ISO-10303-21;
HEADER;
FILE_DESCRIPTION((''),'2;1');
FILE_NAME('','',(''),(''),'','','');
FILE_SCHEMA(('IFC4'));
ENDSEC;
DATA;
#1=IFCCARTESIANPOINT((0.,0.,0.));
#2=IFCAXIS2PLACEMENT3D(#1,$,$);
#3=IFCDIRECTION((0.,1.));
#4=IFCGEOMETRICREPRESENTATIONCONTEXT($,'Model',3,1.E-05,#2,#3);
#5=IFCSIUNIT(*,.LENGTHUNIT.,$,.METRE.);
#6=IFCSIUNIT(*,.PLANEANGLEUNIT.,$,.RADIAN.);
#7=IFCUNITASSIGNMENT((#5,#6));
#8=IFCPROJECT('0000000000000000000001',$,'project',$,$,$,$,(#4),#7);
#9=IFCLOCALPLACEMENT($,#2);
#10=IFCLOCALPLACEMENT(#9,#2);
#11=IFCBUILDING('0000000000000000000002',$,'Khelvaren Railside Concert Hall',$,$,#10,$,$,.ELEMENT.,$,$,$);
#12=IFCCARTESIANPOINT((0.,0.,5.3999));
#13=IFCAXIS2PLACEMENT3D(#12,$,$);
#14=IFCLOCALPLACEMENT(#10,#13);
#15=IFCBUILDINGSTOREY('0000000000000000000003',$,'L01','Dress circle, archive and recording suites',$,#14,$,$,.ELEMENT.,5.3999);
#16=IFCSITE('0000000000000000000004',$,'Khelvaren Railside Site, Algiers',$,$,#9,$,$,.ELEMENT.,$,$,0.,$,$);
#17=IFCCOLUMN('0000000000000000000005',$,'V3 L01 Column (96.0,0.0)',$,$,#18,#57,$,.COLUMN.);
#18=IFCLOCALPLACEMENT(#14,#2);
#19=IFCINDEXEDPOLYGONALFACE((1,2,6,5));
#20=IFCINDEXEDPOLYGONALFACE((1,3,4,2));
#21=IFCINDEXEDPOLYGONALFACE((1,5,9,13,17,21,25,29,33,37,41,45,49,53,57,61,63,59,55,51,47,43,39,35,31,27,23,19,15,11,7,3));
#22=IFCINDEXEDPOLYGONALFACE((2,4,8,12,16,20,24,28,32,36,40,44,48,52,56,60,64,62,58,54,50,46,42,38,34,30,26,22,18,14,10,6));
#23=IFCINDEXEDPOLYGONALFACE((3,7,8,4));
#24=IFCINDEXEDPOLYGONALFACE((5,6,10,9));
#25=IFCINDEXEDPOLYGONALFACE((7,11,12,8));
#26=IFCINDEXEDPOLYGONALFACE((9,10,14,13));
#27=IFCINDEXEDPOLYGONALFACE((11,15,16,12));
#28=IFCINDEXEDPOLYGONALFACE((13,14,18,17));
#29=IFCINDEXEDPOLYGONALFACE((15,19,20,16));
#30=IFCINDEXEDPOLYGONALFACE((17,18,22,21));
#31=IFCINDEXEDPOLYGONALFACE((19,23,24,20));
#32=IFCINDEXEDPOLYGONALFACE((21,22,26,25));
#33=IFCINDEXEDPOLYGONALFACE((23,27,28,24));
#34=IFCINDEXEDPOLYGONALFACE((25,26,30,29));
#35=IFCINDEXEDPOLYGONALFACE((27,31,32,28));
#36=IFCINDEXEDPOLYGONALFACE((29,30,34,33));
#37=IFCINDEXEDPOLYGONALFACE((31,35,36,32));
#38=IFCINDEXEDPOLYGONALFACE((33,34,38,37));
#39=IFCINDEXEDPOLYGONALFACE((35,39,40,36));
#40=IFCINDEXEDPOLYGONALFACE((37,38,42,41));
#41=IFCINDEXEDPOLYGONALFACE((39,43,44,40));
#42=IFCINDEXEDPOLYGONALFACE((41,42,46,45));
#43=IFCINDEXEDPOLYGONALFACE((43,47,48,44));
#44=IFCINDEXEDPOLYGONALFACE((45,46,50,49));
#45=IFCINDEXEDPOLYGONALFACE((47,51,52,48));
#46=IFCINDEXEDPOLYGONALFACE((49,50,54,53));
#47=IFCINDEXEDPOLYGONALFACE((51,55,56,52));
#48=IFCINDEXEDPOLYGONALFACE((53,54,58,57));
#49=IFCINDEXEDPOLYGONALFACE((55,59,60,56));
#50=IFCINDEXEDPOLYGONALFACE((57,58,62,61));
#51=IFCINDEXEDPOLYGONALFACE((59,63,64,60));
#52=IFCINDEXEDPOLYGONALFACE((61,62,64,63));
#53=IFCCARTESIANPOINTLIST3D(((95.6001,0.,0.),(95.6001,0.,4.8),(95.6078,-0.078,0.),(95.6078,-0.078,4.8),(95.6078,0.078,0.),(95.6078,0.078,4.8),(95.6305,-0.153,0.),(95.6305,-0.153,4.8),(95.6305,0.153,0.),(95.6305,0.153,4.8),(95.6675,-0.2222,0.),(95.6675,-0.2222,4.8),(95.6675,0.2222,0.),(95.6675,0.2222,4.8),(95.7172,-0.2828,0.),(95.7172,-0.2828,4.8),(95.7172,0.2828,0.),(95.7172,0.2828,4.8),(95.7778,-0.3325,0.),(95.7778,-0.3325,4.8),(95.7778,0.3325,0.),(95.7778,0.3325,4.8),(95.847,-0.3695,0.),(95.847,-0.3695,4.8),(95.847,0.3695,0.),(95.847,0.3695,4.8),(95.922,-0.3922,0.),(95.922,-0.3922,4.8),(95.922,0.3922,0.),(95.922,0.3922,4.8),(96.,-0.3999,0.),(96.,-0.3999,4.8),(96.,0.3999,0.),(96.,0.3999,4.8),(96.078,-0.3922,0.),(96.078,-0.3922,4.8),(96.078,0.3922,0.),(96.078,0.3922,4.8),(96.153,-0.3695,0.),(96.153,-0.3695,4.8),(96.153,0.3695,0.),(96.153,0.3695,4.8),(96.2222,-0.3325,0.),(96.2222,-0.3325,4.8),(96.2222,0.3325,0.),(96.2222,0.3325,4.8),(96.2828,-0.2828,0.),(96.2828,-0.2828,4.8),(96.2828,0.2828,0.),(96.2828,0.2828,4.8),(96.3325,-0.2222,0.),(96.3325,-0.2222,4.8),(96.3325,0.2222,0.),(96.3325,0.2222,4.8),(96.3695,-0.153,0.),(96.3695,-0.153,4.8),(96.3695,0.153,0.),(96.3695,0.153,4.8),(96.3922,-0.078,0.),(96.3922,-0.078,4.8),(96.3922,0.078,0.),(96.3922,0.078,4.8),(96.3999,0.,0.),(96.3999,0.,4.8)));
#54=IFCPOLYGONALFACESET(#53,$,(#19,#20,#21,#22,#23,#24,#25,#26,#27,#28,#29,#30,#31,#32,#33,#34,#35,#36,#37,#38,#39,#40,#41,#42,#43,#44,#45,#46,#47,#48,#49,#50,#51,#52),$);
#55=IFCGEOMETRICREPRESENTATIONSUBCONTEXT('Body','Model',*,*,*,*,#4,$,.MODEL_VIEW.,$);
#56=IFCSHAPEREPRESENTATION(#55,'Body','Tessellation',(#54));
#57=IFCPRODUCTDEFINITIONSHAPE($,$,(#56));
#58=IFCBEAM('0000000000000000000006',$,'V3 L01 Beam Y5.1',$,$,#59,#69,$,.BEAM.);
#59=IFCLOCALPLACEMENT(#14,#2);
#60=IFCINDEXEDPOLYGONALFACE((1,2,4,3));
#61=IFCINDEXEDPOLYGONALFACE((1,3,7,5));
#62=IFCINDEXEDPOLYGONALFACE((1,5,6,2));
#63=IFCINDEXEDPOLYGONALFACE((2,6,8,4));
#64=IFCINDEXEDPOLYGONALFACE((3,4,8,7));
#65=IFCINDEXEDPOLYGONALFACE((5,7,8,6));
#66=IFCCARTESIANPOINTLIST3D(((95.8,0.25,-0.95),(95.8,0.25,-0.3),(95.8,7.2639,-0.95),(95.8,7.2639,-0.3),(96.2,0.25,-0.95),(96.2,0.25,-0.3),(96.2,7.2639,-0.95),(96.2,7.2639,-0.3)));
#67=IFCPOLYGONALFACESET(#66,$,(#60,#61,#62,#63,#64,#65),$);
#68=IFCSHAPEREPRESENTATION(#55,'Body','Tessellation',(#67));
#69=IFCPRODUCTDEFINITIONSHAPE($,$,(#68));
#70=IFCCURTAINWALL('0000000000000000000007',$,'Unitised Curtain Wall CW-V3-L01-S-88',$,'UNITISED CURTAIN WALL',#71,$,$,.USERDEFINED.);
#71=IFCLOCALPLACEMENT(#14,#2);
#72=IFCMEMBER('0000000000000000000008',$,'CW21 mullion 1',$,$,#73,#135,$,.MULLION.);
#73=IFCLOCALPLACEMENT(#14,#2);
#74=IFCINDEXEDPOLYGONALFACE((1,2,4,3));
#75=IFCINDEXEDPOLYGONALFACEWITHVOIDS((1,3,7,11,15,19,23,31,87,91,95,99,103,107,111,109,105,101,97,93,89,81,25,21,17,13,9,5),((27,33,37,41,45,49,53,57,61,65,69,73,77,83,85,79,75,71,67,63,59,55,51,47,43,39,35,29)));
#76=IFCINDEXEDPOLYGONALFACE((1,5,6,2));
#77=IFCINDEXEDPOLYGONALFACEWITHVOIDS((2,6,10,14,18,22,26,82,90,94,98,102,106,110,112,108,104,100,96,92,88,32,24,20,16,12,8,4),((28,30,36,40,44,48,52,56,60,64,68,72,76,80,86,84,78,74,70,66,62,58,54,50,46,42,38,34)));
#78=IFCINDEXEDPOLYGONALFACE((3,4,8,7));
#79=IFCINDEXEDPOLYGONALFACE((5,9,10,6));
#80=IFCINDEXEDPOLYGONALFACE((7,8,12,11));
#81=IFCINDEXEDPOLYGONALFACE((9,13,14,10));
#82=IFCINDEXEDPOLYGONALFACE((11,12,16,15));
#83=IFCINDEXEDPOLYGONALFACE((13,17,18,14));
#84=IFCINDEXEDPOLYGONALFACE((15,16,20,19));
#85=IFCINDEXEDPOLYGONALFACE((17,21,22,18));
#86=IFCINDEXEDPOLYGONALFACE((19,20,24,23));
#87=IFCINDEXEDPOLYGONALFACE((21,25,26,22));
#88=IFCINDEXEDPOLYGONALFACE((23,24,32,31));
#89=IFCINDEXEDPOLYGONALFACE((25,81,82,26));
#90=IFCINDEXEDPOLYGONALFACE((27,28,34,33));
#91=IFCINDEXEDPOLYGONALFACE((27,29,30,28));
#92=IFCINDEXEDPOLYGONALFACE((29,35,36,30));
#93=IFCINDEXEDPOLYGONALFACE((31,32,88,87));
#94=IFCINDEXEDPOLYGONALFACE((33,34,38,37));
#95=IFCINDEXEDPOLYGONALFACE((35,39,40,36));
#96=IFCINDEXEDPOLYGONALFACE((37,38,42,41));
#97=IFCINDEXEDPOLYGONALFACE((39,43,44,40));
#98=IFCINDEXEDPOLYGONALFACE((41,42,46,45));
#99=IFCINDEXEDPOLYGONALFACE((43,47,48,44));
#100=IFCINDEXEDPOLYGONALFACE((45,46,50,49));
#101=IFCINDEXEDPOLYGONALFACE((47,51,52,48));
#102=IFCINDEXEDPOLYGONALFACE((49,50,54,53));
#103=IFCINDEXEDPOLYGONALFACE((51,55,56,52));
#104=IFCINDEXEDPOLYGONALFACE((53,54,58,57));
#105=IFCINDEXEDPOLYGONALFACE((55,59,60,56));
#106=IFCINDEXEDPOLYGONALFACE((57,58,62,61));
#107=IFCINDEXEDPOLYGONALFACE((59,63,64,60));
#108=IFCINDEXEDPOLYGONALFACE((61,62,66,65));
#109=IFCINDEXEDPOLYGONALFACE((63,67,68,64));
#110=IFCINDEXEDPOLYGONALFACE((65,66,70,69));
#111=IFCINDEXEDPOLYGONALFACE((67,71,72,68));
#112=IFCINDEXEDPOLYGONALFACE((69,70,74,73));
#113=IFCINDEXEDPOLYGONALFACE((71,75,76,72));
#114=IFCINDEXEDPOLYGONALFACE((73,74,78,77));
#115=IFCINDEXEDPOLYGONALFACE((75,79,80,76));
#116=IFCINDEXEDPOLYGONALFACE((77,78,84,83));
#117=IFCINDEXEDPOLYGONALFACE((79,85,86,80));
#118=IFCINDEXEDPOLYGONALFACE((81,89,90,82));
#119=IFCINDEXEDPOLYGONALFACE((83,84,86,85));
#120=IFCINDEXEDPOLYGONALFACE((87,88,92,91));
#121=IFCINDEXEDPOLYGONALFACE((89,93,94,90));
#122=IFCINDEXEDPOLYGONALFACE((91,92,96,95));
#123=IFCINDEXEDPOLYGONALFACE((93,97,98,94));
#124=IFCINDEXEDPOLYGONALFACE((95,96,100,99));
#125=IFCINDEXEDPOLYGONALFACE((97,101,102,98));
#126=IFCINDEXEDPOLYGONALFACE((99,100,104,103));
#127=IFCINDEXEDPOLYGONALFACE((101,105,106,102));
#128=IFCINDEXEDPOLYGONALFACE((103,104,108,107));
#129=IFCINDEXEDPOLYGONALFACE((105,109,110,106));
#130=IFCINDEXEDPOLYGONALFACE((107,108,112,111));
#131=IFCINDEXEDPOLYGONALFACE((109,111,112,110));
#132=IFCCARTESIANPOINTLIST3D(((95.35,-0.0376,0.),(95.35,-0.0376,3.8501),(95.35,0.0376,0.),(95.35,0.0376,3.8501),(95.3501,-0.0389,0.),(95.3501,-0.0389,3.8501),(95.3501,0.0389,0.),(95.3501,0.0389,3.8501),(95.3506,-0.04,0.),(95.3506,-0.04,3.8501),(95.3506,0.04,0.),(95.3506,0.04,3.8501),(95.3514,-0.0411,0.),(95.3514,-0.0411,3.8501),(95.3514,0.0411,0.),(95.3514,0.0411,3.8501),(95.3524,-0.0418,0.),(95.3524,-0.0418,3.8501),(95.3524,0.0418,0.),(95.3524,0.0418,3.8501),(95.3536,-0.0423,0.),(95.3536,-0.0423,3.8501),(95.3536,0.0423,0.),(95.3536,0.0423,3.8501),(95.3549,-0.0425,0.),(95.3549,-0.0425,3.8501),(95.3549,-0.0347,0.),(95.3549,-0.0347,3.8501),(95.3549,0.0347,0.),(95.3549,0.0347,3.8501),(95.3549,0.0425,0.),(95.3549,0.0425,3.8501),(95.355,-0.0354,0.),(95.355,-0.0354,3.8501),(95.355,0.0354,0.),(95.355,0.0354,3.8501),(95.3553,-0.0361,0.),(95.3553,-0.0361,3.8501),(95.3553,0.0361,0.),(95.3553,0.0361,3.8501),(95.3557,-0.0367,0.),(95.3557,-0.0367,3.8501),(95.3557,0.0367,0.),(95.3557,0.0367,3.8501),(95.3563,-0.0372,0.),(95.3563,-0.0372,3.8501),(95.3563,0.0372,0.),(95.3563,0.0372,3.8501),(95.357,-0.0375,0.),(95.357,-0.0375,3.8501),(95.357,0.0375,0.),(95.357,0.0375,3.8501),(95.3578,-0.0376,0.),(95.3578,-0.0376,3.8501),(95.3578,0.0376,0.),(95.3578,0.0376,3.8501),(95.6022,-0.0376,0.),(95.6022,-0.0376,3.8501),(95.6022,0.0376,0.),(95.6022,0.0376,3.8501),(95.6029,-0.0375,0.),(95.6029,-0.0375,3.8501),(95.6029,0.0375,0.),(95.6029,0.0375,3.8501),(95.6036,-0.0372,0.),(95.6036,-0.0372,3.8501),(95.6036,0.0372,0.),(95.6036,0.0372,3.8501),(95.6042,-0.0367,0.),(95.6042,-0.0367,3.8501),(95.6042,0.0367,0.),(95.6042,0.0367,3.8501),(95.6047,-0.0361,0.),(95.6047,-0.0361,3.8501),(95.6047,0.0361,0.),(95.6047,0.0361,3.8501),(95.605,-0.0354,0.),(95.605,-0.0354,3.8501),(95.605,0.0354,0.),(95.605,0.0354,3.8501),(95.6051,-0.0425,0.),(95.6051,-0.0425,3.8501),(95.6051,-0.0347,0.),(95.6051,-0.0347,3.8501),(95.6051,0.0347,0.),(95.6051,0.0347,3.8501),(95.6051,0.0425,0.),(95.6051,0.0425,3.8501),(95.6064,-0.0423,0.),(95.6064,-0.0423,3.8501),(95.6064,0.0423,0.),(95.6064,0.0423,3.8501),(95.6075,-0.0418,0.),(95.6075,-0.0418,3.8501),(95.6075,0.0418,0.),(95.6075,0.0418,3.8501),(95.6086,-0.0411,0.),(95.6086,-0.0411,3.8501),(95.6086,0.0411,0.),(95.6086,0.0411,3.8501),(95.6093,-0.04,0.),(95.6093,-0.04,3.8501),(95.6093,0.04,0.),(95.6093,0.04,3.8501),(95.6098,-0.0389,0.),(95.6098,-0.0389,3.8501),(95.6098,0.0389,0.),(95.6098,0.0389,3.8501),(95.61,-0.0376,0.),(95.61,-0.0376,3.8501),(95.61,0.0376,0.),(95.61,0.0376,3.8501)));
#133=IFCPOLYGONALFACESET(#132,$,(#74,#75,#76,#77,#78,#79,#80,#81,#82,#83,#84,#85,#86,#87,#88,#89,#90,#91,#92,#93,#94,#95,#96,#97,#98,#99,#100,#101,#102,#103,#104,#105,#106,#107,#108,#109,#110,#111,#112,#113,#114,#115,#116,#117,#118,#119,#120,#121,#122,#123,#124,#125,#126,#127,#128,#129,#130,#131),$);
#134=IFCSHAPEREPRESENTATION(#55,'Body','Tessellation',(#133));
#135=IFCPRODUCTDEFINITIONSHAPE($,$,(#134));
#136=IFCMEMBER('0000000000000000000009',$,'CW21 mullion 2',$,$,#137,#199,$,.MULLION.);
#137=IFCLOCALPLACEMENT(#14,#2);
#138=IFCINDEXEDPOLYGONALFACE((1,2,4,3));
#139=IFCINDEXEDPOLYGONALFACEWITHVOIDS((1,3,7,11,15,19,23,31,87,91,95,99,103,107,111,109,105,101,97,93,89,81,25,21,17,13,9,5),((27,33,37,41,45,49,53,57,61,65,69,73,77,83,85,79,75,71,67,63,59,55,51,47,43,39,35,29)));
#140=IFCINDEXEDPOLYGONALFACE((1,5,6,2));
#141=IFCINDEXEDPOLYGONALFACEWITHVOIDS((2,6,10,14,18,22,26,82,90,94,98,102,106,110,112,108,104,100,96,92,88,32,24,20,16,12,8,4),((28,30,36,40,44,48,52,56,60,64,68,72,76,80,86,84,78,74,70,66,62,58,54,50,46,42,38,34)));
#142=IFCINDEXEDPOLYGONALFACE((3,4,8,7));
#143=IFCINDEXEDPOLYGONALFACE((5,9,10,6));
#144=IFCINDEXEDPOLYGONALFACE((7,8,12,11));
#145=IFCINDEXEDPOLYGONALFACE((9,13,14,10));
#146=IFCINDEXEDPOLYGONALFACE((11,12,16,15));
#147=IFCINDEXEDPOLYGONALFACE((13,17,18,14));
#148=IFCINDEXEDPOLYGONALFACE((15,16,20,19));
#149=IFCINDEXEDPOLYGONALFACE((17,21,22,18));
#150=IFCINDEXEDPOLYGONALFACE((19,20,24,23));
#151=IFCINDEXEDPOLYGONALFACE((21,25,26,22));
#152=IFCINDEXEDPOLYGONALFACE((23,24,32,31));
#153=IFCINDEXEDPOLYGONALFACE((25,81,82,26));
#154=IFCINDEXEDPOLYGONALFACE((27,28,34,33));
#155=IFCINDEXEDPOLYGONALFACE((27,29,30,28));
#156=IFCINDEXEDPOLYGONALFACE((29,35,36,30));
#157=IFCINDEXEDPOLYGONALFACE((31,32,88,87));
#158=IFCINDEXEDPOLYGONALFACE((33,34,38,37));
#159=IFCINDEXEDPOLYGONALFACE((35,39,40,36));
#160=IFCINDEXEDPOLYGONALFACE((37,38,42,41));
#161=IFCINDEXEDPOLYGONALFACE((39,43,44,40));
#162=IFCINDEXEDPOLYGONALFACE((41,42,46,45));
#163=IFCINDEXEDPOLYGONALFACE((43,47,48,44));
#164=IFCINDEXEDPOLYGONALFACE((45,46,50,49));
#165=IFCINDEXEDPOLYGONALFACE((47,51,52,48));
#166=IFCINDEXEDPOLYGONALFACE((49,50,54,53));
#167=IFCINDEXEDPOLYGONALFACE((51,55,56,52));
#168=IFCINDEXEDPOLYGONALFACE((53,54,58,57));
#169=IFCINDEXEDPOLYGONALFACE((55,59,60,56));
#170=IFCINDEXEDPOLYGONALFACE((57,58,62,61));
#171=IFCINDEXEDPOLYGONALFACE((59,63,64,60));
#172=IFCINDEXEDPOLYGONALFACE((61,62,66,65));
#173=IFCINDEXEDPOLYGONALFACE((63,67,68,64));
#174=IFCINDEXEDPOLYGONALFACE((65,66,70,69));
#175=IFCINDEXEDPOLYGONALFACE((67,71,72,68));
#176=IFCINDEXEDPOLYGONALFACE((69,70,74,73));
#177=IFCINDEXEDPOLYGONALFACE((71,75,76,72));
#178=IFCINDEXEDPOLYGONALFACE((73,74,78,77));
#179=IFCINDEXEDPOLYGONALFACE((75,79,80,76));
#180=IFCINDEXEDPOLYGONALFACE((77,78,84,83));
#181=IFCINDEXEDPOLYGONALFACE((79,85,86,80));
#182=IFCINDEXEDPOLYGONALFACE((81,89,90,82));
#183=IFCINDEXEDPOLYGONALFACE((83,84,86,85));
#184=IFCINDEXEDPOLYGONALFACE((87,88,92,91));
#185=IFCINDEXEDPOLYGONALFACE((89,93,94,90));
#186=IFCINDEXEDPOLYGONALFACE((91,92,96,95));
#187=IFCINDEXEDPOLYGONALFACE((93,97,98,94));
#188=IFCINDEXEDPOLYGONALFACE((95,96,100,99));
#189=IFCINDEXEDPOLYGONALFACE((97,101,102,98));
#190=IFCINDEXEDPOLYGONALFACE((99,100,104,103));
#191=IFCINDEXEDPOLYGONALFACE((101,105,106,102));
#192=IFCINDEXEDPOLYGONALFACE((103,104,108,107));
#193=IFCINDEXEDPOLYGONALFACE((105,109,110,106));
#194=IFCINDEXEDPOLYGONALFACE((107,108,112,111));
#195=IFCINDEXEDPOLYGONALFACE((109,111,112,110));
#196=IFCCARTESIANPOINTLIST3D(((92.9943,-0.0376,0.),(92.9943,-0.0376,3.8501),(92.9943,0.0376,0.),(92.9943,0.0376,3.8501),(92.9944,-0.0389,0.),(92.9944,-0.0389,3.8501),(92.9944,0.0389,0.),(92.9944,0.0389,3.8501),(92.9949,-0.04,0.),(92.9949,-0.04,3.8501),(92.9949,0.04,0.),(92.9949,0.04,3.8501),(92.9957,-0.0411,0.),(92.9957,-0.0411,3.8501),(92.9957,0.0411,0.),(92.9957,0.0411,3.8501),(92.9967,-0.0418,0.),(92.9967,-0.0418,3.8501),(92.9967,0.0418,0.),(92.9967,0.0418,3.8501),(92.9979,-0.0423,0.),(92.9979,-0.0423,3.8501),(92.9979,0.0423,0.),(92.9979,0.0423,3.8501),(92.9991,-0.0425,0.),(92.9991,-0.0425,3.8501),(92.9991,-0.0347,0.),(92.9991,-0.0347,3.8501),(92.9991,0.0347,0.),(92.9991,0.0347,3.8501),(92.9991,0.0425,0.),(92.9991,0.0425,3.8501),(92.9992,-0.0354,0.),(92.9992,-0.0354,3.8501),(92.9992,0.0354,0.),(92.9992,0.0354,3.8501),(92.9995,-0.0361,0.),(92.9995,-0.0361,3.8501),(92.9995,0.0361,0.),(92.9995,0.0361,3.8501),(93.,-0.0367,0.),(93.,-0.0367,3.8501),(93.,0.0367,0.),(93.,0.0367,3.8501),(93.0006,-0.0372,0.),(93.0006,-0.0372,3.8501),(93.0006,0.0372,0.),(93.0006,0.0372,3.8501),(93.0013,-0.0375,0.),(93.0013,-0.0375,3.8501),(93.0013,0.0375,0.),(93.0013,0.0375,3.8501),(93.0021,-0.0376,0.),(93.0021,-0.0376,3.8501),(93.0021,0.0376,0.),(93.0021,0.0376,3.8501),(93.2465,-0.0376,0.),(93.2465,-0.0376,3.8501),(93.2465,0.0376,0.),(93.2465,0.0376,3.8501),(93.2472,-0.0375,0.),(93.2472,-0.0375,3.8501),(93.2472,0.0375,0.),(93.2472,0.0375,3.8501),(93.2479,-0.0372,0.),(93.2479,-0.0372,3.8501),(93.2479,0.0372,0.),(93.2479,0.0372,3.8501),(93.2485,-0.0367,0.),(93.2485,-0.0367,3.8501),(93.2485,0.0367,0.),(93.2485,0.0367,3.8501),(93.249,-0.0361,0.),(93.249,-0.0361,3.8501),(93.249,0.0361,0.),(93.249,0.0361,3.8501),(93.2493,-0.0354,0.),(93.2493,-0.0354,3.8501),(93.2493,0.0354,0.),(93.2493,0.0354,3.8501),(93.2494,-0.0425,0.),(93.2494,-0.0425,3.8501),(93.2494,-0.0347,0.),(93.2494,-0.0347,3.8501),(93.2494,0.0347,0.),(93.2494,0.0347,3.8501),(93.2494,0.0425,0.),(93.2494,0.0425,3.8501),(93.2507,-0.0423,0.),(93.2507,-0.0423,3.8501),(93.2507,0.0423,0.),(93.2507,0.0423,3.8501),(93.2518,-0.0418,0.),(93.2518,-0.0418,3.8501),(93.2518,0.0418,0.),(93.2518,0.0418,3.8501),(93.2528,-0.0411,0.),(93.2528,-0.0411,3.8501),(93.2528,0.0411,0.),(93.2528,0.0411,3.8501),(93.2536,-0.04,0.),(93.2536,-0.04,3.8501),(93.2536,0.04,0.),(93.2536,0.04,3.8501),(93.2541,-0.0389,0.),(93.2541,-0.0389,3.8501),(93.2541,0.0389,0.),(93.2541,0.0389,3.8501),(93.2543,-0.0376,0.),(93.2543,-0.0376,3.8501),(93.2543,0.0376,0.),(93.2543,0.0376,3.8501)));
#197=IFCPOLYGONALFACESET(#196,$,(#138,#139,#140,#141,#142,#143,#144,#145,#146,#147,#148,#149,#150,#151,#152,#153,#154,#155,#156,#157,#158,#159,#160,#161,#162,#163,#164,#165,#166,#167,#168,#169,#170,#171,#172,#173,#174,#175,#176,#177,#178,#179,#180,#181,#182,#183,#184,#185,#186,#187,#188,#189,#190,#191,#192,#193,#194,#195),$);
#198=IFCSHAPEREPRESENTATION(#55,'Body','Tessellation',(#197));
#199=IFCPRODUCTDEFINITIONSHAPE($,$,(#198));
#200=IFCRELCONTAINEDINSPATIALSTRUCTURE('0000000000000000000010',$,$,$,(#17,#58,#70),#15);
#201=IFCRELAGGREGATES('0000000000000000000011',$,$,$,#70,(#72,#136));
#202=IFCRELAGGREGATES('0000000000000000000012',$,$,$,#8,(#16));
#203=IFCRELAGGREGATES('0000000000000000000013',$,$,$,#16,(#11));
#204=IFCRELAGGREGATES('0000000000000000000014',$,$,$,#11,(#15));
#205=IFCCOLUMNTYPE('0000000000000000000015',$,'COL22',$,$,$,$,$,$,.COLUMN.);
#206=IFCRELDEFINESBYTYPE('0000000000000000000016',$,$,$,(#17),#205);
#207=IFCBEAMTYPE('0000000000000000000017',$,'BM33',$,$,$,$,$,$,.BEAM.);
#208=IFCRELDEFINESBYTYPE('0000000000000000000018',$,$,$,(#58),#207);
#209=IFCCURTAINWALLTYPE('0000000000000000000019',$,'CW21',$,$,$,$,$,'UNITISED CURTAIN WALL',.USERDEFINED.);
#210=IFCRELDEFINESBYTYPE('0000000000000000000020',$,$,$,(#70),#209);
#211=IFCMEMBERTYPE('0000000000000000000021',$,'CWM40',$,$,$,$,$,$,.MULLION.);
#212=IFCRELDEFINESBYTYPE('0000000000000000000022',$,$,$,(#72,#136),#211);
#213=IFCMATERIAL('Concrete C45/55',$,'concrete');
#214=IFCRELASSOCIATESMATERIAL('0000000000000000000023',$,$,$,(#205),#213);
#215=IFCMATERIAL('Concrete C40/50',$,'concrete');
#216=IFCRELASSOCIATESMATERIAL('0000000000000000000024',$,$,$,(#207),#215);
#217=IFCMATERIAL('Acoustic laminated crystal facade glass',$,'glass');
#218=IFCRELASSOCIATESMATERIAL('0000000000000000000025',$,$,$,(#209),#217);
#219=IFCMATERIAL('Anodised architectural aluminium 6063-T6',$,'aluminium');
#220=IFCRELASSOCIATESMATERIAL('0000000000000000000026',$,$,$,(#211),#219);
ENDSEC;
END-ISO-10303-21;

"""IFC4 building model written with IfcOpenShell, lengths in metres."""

from ifc_helpers import new_model, si_unit, direction, frame, origin, origin_2d, place, context, subcontext, project, spatial, rectangle, hollow_rectangle, circle, extrude, material, material_profile, profile_set, type_object, element, aggregate, save


model = new_model("IFC4")

# Units and contexts
model_context = context("Model", 3, precision=1e-05, world=origin(), true_north=direction((0.0, 1.0)))
body_context = subcontext(model_context, "Body", "Model", "MODEL_VIEW")
ifc_project = project(units=[si_unit("LENGTHUNIT", "METRE"), si_unit("PLANEANGLEUNIT", "RADIAN")], contexts=[model_context])

# Site, building, storey
site_placement = place(None, origin())
site = spatial("IfcSite", under=ifc_project, at=site_placement, Name="Khelvaren Railside Site, Algiers", CompositionType="ELEMENT", RefElevation=0.0)
building_placement = place(site_placement, origin())
building = spatial("IfcBuilding", under=site, at=building_placement, Name="Khelvaren Railside Concert Hall", CompositionType="ELEMENT")
storey_placement = place(building_placement, frame((0.0, 0.0, 5.3999)))
storey = spatial("IfcBuildingStorey", under=building, at=storey_placement, Name="L01", Description="Dress circle, archive and recording suites", CompositionType="ELEMENT", Elevation=5.3999)

# Column
ifc_material_1 = material(Name="Concrete C45/55", Category="concrete")
ifc_material_profile_1 = material_profile(ifc_material_1, circle(Radius=0.3999, at=origin_2d()), Name="RC D800")
ifc_profile_set_1 = profile_set([ifc_material_profile_1], Name="Concrete C45/55")
column_type = type_object("IfcColumnType", Name="COL22", PredefinedType="COLUMN", material=ifc_profile_set_1)
column_placement = place(storey_placement, frame((96.0, 0.0, 0.0), z_axis=(0.0, 0.0, 1.0), x_axis=(1.0, 0.0, 0.0)))
element("IfcColumn", 1, at=column_placement, inside=storey, type_object=column_type, Name="V3 L01 Column (96.0,0.0)", PredefinedType="COLUMN", context=body_context, shape_type="SweptSolid", body=[
    extrude(circle(Radius=0.3999, at=origin_2d()), origin(), (0.0, 0.0, 1.0), 4.8),
])

# Beam
ifc_material_2 = material(Name="Concrete C40/50", Category="concrete")
ifc_material_profile_2 = material_profile(ifc_material_2, rectangle(XDim=0.3999, YDim=0.6499, at=origin_2d()), Name="RCB 400x650")
ifc_profile_set_2 = profile_set([ifc_material_profile_2], Name="Concrete C40/50")
beam_type_1 = type_object("IfcBeamType", Name="BM33", PredefinedType="BEAM", material=ifc_profile_set_2)
beam_1_placement = place(storey_placement, frame((96.0, 0.25, -0.625), z_axis=(0.0, 1.0, 0.0), x_axis=(-1.0, 0.0, 0.0)))
element("IfcBeam", 2, at=beam_1_placement, inside=storey, type_object=beam_type_1, Name="V3 L01 Beam Y5.1", PredefinedType="BEAM", context=body_context, shape_type="SweptSolid", body=[
    extrude(rectangle(XDim=0.3999, YDim=0.6499, at=origin_2d()), origin(), (0.0, 0.0, 1.0), 7.0139),
])

# Curtain wall, members
ifc_material_3 = material(Name="Acoustic laminated crystal facade glass", Category="glass")
curtain_wall_type_1 = type_object("IfcCurtainWallType", Name="CW21", ElementType="UNITISED CURTAIN WALL", PredefinedType="USERDEFINED", material=ifc_material_3)
curtain_wall_1_placement = place(storey_placement, origin())
curtain_wall_1 = element("IfcCurtainWall", 3, at=curtain_wall_1_placement, inside=storey, type_object=curtain_wall_type_1, Name="Unitised Curtain Wall CW-V3-L01-S-88", ObjectType="UNITISED CURTAIN WALL", PredefinedType="USERDEFINED")
ifc_material_4 = material(Name="Anodised architectural aluminium 6063-T6", Category="aluminium")
ifc_material_profile_3 = material_profile(ifc_material_4, hollow_rectangle(XDim=0.085, YDim=0.26, WallThickness=0.0049, InnerFilletRadius=0.0029, OuterFilletRadius=0.0049, at=origin_2d()), Name="CWM 85x260x5")
ifc_profile_set_3 = profile_set([ifc_material_profile_3], Name="Anodised architectural aluminium 6063-T6")
member_type_1 = type_object("IfcMemberType", Name="CWM40", PredefinedType="MULLION", material=ifc_profile_set_3)
member_1_placement = place(storey_placement, frame((95.48, 0.0, 0.0), z_axis=(0.0, 0.0, 1.0), x_axis=(0.0, -1.0, 0.0)))
member_1 = element("IfcMember", 4, at=member_1_placement, type_object=member_type_1, Name="CW21 mullion 1", PredefinedType="MULLION", context=body_context, shape_type="SweptSolid", body=[
    extrude(hollow_rectangle(XDim=0.085, YDim=0.26, WallThickness=0.0049, InnerFilletRadius=0.0029, OuterFilletRadius=0.0049, at=origin_2d()), origin(), (0.0, 0.0, 1.0), 3.8501),
])
member_2_placement = place(storey_placement, frame((93.1243, 0.0, 0.0), z_axis=(0.0, 0.0, 1.0), x_axis=(0.0, -1.0, 0.0)))
member_2 = element("IfcMember", 5, at=member_2_placement, type_object=member_type_1, Name="CW21 mullion 2", PredefinedType="MULLION", context=body_context, shape_type="SweptSolid", body=[
    extrude(hollow_rectangle(XDim=0.085, YDim=0.26, WallThickness=0.0049, InnerFilletRadius=0.0029, OuterFilletRadius=0.0049, at=origin_2d()), origin(), (0.0, 0.0, 1.0), 3.8501),
])

aggregate(curtain_wall_1, [member_1, member_2])

save(model, "model.ifc")
